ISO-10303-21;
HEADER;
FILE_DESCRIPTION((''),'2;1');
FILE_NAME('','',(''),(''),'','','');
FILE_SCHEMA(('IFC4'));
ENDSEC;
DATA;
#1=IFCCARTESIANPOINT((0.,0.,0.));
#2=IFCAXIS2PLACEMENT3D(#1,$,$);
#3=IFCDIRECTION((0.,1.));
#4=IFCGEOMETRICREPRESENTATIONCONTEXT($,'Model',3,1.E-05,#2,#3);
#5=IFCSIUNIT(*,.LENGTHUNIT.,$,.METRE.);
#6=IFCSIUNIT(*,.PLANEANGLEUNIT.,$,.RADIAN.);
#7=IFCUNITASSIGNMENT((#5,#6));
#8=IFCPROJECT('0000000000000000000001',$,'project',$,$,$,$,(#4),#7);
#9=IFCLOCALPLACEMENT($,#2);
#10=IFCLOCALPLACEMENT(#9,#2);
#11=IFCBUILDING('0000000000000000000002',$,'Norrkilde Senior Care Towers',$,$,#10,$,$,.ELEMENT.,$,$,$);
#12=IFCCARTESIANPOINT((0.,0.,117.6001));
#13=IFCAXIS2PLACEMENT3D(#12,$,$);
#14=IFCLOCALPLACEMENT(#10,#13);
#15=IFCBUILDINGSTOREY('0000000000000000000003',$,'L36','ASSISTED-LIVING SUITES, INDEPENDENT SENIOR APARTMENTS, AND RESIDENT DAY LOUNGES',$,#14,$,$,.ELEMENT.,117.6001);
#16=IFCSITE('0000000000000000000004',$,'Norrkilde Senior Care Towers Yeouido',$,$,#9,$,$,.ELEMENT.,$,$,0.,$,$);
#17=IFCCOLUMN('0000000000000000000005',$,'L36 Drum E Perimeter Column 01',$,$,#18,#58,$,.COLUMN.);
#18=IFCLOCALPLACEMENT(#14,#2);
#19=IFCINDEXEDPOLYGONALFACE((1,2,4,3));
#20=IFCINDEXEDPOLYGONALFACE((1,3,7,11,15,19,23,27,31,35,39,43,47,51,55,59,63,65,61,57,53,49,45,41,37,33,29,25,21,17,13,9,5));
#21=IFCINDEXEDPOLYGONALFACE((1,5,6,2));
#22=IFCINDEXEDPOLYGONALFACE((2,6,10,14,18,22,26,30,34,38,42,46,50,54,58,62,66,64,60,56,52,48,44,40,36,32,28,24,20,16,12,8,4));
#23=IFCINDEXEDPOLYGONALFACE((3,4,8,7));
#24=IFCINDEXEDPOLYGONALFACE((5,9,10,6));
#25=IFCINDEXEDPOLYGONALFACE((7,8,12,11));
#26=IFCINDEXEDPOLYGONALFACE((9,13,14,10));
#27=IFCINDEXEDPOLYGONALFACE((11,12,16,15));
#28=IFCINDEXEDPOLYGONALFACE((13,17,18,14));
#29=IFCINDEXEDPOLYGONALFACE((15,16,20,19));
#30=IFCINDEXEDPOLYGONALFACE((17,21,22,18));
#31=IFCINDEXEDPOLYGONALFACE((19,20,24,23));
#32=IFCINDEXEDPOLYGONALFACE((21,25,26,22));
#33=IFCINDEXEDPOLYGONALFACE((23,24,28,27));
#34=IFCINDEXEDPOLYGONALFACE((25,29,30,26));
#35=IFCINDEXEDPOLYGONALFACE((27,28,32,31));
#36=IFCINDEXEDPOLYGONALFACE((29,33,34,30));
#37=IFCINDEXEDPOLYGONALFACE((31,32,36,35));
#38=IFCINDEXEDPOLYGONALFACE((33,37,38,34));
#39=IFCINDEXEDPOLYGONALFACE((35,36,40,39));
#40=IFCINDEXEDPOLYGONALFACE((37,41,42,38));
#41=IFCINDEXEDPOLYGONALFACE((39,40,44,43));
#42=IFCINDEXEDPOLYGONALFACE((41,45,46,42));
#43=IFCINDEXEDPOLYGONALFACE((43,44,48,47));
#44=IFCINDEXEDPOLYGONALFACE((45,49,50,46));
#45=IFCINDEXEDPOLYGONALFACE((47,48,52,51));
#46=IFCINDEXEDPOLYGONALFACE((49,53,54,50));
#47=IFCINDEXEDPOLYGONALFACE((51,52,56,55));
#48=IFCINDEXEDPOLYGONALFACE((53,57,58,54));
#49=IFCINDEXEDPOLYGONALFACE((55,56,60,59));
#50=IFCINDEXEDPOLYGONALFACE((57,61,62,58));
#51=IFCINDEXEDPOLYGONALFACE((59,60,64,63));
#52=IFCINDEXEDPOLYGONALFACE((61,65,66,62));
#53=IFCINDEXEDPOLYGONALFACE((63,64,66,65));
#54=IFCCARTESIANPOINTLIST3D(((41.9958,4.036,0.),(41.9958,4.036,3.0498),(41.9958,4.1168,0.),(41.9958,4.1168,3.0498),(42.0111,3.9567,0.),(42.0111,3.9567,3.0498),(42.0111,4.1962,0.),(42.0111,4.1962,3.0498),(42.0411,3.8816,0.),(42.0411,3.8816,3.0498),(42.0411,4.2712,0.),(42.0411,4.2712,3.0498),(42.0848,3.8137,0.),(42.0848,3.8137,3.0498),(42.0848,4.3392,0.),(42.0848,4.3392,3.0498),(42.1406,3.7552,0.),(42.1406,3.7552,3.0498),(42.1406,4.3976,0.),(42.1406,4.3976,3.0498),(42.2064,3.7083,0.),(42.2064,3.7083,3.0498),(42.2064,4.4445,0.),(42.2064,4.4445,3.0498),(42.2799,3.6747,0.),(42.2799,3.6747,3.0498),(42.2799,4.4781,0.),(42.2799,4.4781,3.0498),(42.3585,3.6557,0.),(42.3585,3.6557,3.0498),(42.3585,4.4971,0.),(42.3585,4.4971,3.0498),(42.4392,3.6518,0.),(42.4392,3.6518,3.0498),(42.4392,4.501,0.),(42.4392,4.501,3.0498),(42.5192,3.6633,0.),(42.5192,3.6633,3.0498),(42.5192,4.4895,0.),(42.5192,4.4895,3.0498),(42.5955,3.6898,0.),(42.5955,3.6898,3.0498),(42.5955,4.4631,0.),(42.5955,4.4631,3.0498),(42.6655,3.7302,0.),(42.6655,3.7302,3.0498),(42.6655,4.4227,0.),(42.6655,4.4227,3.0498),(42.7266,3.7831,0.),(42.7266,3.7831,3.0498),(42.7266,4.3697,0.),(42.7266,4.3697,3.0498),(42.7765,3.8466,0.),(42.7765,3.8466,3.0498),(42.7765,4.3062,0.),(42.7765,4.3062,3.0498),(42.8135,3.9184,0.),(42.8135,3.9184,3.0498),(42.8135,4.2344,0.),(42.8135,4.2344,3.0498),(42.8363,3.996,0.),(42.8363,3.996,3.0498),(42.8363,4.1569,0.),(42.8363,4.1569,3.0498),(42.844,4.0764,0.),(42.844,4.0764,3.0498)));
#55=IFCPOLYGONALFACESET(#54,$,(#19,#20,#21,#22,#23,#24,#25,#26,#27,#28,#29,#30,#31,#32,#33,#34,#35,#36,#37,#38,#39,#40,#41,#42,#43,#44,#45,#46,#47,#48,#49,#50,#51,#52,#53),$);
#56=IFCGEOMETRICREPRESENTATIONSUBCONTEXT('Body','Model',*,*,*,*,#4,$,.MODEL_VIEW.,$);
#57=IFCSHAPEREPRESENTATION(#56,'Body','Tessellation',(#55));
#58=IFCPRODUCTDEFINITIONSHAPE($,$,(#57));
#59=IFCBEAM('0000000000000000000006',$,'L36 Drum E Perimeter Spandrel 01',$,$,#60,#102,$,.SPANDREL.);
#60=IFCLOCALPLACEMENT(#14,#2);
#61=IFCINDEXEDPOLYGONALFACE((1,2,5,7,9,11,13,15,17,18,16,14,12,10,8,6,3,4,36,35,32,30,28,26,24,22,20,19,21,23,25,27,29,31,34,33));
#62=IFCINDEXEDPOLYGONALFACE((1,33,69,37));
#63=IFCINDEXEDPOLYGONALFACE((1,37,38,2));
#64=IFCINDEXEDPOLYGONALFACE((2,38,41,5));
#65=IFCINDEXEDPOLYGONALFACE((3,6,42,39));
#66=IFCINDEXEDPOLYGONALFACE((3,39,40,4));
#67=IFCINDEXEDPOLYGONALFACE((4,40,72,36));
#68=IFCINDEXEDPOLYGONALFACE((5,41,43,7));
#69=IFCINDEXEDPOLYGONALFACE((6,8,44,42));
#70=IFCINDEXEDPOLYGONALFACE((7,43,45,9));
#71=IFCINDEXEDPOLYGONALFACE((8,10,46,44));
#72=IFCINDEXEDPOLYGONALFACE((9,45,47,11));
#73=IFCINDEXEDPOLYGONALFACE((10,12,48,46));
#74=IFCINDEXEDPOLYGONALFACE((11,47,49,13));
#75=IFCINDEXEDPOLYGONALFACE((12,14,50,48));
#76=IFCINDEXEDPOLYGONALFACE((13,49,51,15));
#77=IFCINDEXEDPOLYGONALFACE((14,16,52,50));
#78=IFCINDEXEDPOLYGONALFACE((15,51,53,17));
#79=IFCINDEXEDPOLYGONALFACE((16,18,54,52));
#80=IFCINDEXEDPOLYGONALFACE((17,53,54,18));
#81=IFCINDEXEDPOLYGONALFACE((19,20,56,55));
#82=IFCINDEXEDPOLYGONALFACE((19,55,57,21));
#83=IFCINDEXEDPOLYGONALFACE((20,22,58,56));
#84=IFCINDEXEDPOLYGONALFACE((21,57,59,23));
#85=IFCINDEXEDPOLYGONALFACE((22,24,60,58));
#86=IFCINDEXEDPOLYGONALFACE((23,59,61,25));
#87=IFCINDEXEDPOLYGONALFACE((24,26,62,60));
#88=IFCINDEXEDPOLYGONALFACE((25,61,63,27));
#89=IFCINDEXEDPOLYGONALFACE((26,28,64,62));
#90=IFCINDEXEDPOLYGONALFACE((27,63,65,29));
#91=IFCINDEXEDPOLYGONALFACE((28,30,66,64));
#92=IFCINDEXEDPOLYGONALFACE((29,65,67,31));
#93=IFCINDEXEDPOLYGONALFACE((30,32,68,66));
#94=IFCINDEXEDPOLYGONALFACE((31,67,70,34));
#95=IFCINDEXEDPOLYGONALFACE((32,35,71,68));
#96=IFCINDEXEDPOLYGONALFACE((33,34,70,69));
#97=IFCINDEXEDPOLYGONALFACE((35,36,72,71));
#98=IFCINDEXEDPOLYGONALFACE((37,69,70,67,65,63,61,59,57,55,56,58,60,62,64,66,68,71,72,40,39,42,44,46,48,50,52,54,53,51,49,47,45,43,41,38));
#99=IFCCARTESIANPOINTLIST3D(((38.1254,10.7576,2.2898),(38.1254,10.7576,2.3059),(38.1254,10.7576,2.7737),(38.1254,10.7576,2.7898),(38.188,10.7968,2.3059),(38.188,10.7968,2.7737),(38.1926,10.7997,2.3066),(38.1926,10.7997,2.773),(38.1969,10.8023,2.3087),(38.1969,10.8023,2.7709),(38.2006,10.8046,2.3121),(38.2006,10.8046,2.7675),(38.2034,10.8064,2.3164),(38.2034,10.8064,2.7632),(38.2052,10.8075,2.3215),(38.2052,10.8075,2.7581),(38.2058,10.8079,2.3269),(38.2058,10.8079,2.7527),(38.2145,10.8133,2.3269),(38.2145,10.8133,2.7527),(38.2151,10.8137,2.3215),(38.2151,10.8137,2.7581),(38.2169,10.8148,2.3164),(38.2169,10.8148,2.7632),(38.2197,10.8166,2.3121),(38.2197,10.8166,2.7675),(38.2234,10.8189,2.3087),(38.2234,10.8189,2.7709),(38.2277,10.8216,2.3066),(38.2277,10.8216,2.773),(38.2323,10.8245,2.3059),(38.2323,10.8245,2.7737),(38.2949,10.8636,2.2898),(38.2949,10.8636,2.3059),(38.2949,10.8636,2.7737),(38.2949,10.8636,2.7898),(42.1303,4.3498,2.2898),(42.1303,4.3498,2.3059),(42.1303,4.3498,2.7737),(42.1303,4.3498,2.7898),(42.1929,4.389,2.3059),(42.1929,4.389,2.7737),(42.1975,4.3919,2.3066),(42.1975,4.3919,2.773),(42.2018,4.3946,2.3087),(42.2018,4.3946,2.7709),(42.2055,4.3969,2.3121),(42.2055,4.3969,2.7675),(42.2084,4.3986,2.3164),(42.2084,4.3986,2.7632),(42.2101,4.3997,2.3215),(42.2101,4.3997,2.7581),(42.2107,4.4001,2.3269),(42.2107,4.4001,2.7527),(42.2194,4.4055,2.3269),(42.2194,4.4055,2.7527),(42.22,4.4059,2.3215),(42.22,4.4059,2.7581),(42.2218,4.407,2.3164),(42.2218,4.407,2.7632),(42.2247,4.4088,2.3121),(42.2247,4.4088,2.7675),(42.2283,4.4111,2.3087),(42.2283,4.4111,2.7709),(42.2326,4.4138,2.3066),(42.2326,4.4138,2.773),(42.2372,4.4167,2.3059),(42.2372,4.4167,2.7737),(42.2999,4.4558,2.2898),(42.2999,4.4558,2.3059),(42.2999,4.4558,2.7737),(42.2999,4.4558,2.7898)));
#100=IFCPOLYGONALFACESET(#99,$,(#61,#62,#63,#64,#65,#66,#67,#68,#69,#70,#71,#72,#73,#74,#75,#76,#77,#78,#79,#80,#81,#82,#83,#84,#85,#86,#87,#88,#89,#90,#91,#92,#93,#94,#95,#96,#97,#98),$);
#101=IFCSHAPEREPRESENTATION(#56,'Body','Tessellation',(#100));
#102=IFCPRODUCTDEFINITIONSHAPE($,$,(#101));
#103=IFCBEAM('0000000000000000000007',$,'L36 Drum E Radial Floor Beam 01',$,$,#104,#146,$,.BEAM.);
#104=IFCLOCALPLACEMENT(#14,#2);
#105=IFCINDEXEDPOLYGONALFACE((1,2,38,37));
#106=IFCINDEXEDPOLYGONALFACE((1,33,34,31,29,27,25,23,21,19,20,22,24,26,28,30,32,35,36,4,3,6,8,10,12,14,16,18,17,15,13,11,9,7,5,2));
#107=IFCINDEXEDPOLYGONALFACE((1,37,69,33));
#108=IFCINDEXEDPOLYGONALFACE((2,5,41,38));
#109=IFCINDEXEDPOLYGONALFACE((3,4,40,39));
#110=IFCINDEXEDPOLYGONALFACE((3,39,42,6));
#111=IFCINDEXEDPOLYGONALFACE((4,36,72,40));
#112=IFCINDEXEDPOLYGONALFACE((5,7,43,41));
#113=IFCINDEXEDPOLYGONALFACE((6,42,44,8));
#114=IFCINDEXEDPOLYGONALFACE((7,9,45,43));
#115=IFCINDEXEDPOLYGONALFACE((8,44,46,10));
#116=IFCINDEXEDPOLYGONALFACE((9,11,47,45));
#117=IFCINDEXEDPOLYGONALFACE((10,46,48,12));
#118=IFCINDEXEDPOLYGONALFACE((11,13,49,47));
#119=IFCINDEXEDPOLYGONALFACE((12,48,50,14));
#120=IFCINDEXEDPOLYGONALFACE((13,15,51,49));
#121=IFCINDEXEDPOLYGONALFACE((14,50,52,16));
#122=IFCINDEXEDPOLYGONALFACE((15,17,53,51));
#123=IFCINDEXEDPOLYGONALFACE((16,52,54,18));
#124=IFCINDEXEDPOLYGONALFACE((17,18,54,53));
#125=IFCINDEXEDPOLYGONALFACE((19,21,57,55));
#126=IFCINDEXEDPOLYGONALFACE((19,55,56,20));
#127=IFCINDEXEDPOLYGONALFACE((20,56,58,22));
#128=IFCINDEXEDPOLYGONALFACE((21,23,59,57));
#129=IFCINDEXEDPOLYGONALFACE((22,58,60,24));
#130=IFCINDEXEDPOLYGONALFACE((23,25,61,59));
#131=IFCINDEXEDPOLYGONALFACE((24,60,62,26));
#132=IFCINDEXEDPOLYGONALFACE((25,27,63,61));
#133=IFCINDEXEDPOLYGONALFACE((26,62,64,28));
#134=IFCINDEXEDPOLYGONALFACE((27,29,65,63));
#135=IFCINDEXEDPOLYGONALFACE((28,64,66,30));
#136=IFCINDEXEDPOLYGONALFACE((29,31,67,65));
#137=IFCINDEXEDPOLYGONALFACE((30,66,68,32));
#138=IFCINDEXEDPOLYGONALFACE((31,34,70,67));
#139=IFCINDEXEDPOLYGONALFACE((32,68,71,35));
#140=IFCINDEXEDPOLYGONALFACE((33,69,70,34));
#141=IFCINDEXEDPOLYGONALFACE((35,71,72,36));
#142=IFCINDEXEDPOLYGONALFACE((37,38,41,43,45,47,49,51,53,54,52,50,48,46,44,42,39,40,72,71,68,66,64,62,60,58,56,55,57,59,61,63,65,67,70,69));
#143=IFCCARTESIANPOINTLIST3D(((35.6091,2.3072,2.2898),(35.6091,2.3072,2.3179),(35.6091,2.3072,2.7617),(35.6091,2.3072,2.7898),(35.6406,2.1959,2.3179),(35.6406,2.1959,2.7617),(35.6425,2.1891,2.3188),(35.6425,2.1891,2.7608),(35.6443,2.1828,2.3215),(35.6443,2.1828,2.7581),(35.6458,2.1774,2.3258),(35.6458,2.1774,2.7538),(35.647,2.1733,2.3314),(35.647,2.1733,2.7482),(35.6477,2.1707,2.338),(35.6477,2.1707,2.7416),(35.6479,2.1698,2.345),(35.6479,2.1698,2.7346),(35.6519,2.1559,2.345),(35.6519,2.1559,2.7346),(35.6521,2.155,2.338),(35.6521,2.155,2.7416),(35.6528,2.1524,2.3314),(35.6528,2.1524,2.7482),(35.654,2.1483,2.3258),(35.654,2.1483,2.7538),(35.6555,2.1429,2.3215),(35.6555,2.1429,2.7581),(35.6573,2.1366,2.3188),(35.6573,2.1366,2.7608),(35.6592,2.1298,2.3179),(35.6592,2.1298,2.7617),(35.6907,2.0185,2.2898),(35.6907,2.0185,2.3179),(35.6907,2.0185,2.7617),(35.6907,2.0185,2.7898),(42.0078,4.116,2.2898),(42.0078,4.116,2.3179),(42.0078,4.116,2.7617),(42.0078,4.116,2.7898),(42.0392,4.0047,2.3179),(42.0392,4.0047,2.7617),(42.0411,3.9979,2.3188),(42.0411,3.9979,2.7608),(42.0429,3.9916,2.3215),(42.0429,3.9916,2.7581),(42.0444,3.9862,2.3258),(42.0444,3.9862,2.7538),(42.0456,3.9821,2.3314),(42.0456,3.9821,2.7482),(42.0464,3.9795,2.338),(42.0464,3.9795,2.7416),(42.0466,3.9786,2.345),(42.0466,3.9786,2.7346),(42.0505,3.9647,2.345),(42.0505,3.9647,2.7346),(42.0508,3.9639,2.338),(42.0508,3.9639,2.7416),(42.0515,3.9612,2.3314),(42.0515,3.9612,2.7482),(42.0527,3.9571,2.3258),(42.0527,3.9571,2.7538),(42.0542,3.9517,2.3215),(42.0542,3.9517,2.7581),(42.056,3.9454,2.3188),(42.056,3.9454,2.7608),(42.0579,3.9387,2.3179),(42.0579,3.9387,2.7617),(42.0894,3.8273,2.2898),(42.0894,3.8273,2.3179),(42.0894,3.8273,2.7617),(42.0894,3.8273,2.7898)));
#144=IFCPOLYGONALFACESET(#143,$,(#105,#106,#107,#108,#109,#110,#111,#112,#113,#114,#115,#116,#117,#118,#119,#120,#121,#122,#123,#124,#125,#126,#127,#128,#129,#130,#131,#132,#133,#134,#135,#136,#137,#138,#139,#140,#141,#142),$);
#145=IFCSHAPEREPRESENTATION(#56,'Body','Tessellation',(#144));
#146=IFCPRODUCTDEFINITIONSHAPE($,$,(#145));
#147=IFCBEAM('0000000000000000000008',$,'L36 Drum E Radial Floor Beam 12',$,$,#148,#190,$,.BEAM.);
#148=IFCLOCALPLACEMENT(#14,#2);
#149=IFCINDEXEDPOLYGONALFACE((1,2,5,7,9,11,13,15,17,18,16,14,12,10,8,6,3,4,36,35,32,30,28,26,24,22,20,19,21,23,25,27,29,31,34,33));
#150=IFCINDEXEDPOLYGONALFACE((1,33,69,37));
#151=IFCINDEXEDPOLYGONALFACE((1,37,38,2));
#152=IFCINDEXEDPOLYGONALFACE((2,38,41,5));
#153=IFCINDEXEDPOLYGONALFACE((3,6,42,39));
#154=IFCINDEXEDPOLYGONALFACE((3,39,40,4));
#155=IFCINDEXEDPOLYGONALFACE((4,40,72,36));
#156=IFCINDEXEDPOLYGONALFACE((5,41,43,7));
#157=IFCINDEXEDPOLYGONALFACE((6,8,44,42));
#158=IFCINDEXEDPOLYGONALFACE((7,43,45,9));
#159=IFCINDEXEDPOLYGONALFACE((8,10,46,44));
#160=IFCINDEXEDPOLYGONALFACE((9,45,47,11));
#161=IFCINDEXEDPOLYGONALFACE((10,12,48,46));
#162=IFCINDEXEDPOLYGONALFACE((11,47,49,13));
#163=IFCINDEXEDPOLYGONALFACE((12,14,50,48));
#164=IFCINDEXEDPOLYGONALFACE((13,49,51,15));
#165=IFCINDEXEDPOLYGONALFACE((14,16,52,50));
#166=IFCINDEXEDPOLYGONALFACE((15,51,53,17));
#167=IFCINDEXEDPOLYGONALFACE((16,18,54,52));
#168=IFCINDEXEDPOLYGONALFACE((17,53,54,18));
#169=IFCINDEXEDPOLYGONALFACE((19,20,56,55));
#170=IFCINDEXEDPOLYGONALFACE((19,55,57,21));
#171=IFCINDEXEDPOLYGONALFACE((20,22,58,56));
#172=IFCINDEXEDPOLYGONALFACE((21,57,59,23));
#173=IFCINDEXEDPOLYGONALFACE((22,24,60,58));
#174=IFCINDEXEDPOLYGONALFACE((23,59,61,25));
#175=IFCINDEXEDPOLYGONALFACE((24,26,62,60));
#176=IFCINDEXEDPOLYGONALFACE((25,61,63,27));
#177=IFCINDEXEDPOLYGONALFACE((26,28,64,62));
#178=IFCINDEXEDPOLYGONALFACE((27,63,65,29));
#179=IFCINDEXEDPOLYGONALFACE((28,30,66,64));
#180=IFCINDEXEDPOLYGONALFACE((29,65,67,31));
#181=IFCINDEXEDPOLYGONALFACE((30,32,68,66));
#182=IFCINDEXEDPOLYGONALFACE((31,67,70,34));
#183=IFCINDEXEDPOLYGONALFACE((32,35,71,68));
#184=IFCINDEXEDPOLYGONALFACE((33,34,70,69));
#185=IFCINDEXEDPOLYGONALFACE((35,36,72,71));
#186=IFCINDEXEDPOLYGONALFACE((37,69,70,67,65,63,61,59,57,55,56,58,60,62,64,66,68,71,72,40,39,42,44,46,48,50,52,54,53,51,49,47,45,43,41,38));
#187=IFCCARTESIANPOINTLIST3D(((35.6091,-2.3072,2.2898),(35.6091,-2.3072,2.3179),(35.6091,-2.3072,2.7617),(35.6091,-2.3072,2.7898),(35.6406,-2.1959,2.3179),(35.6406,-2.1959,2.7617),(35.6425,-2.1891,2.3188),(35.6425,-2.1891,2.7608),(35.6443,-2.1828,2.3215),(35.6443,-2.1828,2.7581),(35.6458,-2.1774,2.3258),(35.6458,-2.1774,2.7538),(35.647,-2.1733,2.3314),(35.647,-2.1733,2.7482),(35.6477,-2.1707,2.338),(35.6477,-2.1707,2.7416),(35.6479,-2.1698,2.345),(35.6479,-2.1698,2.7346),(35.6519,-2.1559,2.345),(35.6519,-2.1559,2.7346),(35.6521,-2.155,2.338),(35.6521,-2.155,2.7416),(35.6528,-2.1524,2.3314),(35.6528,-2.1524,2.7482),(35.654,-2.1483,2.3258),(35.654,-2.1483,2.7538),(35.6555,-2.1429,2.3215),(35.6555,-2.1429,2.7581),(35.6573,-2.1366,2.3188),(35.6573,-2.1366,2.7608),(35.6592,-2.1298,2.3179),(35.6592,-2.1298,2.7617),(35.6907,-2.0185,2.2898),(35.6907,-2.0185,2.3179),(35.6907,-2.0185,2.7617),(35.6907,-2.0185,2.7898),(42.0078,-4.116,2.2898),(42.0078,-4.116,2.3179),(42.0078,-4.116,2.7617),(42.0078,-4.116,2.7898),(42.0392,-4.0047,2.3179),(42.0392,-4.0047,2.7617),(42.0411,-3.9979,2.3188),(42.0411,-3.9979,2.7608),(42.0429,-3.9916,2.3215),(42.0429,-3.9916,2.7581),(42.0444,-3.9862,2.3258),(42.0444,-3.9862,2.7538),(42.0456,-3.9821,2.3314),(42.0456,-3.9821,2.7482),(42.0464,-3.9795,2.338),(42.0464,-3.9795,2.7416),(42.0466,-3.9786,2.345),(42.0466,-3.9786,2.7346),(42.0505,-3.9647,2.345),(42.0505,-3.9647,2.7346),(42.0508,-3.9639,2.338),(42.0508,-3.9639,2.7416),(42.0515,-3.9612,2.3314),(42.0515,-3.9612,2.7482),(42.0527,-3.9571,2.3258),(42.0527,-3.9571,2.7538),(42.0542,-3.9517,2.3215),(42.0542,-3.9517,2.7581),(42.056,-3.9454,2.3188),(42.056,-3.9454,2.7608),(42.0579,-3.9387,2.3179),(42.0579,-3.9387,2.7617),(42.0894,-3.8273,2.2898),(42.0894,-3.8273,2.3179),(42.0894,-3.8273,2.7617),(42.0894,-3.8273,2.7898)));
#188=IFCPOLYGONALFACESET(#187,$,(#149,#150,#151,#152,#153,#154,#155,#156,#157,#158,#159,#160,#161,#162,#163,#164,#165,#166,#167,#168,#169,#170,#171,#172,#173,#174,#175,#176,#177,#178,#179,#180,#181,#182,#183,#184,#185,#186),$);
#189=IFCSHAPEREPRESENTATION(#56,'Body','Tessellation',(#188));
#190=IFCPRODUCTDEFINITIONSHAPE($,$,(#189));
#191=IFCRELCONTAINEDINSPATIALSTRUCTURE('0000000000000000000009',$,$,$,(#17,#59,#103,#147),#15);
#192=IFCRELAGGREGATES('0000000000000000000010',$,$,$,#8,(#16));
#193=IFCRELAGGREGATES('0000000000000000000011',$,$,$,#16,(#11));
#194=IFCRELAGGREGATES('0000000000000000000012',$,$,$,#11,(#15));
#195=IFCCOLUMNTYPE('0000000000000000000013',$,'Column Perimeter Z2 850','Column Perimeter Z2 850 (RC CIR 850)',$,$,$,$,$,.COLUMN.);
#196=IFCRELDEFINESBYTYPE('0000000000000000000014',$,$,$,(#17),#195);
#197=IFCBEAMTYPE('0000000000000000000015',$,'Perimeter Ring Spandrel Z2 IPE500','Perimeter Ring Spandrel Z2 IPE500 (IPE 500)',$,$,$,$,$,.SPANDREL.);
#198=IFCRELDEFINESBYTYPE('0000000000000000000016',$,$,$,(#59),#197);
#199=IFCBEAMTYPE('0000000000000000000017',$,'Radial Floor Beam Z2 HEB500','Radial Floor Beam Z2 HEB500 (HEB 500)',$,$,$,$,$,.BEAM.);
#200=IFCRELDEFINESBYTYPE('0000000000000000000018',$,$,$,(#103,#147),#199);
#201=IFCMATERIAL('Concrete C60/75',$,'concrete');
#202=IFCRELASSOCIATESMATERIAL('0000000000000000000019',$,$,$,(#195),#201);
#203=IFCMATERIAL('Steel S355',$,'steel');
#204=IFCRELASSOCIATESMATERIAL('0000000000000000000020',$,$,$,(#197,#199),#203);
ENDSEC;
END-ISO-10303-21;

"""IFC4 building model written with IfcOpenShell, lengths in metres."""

from ifc_helpers import new_model, si_unit, direction, frame, origin, origin_2d, place, context, subcontext, project, spatial, circle, i_section, extrude, source, transform, mapped, material, material_profile, profile_set, type_object, type_shapes, element, save


model = new_model("IFC4")

# Units and contexts
model_context = context("Model", 3, precision=1e-05, world=origin(), true_north=direction((0.0, 1.0)))
body_context = subcontext(model_context, "Body", "Model", "MODEL_VIEW")
ifc_project = project(units=[si_unit("LENGTHUNIT", "METRE"), si_unit("PLANEANGLEUNIT", "RADIAN")], contexts=[model_context])

# Site, building, storey
site_placement = place(None, origin())
site = spatial("IfcSite", under=ifc_project, at=site_placement, Name="Norrkilde Senior Care Towers Yeouido", CompositionType="ELEMENT", RefElevation=0.0)
building_placement = place(site_placement, origin())
building = spatial("IfcBuilding", under=site, at=building_placement, Name="Norrkilde Senior Care Towers", CompositionType="ELEMENT")
storey_placement = place(building_placement, frame((0.0, 0.0, 117.6001)))
storey = spatial("IfcBuildingStorey", under=building, at=storey_placement, Name="L36", Description="ASSISTED-LIVING SUITES, INDEPENDENT SENIOR APARTMENTS, AND RESIDENT DAY LOUNGES", CompositionType="ELEMENT", Elevation=117.6001)

# Column
ifc_material_1 = material(Name="Concrete C60/75", Category="concrete")
ifc_material_profile_1 = material_profile(ifc_material_1, circle(Radius=0.425, at=origin_2d()), Name="RC CIR 850")
ifc_profile_set_1 = profile_set([ifc_material_profile_1], Name="Concrete C60/75")
column_type = type_object("IfcColumnType", Name="Column Perimeter Z2 850", Description="Column Perimeter Z2 850 (RC CIR 850)", PredefinedType="COLUMN", material=ifc_profile_set_1)
shared_shape_1 = source(origin(), body_context, "Body", "SweptSolid", [
    extrude(circle(Radius=0.425, at=origin_2d()), origin(), (0.0, 0.0, 1.0), 3.0498),
])
type_shapes(column_type, [shared_shape_1])
column_placement = place(storey_placement, frame((42.4189, 4.0764, 0.0), z_axis=(0.0, 0.0, 1.0), x_axis=(1.0, 0.0, 0.0)))
element("IfcColumn", 1, at=column_placement, inside=storey, type_object=column_type, Name="L36 Drum E Perimeter Column 01", PredefinedType="COLUMN", context=body_context, shape_type="MappedRepresentation", body=[
    mapped(shared_shape_1, transform((0.0, 0.0, 0.0), x_axis=(1.0, 0.0, 0.0), y_axis=(0.0, 1.0, 0.0), z_axis=(0.0, 0.0, 1.0), scale=1.0)),
])

# Beams
ifc_material_2 = material(Name="Steel S355", Category="steel")
ifc_material_profile_2 = material_profile(ifc_material_2, i_section(OverallWidth=0.2, OverallDepth=0.5, WebThickness=0.0103, FlangeThickness=0.0161, FilletRadius=0.021, at=origin_2d()), Name="IPE 500")
ifc_profile_set_2 = profile_set([ifc_material_profile_2], Name="Steel S355")
beam_type_1 = type_object("IfcBeamType", Name="Perimeter Ring Spandrel Z2 IPE500", Description="Perimeter Ring Spandrel Z2 IPE500 (IPE 500)", PredefinedType="SPANDREL", material=ifc_profile_set_2)
shared_shape_2 = source(origin(), body_context, "Body", "SweptSolid", [
    extrude(i_section(OverallWidth=0.2, OverallDepth=0.5, WebThickness=0.0103, FlangeThickness=0.0161, FilletRadius=0.021, at=origin_2d()), origin(), (0.0, 0.0, 1.0), 7.5564),
])
type_shapes(beam_type_1, [shared_shape_2])
beam_1_placement = place(storey_placement, frame((42.2151, 4.4028, 2.5398), z_axis=(-0.530005, 0.847995, 0.0), x_axis=(-0.847995, -0.530005, 0.0)))
element("IfcBeam", 2, at=beam_1_placement, inside=storey, type_object=beam_type_1, Name="L36 Drum E Perimeter Spandrel 01", PredefinedType="SPANDREL", context=body_context, shape_type="MappedRepresentation", body=[
    mapped(shared_shape_2, transform((0.0, 0.0, 0.0), x_axis=(1.0, 0.0, 0.0), y_axis=(0.0, 1.0, 0.0), z_axis=(0.0, 0.0, 1.0), scale=1.0)),
])
ifc_material_profile_3 = material_profile(ifc_material_2, i_section(OverallWidth=0.3, OverallDepth=0.5, WebThickness=0.0144, FlangeThickness=0.0281, FilletRadius=0.0271, at=origin_2d()), Name="HEB 500")
ifc_profile_set_3 = profile_set([ifc_material_profile_3], Name="Steel S355")
beam_type_2 = type_object("IfcBeamType", Name="Radial Floor Beam Z2 HEB500", Description="Radial Floor Beam Z2 HEB500 (HEB 500)", PredefinedType="BEAM", material=ifc_profile_set_3)
shared_shape_3 = source(origin(), body_context, "Body", "SweptSolid", [
    extrude(i_section(OverallWidth=0.3, OverallDepth=0.5, WebThickness=0.0144, FlangeThickness=0.0281, FilletRadius=0.0271, at=origin_2d()), origin(), (0.0, 0.0, 1.0), 6.6494),
])
type_shapes(beam_type_2, [shared_shape_3])
for number, where, z_axis, x_axis, name in (
    (3, (35.6499, 2.1628, 2.5398), (0.962289, 0.272029, 0.0), (-0.272029, 0.962289, 0.0), "L36 Drum E Radial Floor Beam 01"),
    (4, (35.6499, -2.1628, 2.5398), (0.962289, -0.272029, 0.0), (0.272029, 0.962289, 0.0), "L36 Drum E Radial Floor Beam 12"),
):
    element("IfcBeam", number, at=place(storey_placement, frame(where, z_axis=z_axis, x_axis=x_axis)), inside=storey, type_object=beam_type_2, Name=name, PredefinedType="BEAM", context=body_context, shape_type="MappedRepresentation", body=[
        mapped(shared_shape_3, transform((0.0, 0.0, 0.0), x_axis=(1.0, 0.0, 0.0), y_axis=(0.0, 1.0, 0.0), z_axis=(0.0, 0.0, 1.0), scale=1.0)),
    ])

save(model, "model.ifc")
